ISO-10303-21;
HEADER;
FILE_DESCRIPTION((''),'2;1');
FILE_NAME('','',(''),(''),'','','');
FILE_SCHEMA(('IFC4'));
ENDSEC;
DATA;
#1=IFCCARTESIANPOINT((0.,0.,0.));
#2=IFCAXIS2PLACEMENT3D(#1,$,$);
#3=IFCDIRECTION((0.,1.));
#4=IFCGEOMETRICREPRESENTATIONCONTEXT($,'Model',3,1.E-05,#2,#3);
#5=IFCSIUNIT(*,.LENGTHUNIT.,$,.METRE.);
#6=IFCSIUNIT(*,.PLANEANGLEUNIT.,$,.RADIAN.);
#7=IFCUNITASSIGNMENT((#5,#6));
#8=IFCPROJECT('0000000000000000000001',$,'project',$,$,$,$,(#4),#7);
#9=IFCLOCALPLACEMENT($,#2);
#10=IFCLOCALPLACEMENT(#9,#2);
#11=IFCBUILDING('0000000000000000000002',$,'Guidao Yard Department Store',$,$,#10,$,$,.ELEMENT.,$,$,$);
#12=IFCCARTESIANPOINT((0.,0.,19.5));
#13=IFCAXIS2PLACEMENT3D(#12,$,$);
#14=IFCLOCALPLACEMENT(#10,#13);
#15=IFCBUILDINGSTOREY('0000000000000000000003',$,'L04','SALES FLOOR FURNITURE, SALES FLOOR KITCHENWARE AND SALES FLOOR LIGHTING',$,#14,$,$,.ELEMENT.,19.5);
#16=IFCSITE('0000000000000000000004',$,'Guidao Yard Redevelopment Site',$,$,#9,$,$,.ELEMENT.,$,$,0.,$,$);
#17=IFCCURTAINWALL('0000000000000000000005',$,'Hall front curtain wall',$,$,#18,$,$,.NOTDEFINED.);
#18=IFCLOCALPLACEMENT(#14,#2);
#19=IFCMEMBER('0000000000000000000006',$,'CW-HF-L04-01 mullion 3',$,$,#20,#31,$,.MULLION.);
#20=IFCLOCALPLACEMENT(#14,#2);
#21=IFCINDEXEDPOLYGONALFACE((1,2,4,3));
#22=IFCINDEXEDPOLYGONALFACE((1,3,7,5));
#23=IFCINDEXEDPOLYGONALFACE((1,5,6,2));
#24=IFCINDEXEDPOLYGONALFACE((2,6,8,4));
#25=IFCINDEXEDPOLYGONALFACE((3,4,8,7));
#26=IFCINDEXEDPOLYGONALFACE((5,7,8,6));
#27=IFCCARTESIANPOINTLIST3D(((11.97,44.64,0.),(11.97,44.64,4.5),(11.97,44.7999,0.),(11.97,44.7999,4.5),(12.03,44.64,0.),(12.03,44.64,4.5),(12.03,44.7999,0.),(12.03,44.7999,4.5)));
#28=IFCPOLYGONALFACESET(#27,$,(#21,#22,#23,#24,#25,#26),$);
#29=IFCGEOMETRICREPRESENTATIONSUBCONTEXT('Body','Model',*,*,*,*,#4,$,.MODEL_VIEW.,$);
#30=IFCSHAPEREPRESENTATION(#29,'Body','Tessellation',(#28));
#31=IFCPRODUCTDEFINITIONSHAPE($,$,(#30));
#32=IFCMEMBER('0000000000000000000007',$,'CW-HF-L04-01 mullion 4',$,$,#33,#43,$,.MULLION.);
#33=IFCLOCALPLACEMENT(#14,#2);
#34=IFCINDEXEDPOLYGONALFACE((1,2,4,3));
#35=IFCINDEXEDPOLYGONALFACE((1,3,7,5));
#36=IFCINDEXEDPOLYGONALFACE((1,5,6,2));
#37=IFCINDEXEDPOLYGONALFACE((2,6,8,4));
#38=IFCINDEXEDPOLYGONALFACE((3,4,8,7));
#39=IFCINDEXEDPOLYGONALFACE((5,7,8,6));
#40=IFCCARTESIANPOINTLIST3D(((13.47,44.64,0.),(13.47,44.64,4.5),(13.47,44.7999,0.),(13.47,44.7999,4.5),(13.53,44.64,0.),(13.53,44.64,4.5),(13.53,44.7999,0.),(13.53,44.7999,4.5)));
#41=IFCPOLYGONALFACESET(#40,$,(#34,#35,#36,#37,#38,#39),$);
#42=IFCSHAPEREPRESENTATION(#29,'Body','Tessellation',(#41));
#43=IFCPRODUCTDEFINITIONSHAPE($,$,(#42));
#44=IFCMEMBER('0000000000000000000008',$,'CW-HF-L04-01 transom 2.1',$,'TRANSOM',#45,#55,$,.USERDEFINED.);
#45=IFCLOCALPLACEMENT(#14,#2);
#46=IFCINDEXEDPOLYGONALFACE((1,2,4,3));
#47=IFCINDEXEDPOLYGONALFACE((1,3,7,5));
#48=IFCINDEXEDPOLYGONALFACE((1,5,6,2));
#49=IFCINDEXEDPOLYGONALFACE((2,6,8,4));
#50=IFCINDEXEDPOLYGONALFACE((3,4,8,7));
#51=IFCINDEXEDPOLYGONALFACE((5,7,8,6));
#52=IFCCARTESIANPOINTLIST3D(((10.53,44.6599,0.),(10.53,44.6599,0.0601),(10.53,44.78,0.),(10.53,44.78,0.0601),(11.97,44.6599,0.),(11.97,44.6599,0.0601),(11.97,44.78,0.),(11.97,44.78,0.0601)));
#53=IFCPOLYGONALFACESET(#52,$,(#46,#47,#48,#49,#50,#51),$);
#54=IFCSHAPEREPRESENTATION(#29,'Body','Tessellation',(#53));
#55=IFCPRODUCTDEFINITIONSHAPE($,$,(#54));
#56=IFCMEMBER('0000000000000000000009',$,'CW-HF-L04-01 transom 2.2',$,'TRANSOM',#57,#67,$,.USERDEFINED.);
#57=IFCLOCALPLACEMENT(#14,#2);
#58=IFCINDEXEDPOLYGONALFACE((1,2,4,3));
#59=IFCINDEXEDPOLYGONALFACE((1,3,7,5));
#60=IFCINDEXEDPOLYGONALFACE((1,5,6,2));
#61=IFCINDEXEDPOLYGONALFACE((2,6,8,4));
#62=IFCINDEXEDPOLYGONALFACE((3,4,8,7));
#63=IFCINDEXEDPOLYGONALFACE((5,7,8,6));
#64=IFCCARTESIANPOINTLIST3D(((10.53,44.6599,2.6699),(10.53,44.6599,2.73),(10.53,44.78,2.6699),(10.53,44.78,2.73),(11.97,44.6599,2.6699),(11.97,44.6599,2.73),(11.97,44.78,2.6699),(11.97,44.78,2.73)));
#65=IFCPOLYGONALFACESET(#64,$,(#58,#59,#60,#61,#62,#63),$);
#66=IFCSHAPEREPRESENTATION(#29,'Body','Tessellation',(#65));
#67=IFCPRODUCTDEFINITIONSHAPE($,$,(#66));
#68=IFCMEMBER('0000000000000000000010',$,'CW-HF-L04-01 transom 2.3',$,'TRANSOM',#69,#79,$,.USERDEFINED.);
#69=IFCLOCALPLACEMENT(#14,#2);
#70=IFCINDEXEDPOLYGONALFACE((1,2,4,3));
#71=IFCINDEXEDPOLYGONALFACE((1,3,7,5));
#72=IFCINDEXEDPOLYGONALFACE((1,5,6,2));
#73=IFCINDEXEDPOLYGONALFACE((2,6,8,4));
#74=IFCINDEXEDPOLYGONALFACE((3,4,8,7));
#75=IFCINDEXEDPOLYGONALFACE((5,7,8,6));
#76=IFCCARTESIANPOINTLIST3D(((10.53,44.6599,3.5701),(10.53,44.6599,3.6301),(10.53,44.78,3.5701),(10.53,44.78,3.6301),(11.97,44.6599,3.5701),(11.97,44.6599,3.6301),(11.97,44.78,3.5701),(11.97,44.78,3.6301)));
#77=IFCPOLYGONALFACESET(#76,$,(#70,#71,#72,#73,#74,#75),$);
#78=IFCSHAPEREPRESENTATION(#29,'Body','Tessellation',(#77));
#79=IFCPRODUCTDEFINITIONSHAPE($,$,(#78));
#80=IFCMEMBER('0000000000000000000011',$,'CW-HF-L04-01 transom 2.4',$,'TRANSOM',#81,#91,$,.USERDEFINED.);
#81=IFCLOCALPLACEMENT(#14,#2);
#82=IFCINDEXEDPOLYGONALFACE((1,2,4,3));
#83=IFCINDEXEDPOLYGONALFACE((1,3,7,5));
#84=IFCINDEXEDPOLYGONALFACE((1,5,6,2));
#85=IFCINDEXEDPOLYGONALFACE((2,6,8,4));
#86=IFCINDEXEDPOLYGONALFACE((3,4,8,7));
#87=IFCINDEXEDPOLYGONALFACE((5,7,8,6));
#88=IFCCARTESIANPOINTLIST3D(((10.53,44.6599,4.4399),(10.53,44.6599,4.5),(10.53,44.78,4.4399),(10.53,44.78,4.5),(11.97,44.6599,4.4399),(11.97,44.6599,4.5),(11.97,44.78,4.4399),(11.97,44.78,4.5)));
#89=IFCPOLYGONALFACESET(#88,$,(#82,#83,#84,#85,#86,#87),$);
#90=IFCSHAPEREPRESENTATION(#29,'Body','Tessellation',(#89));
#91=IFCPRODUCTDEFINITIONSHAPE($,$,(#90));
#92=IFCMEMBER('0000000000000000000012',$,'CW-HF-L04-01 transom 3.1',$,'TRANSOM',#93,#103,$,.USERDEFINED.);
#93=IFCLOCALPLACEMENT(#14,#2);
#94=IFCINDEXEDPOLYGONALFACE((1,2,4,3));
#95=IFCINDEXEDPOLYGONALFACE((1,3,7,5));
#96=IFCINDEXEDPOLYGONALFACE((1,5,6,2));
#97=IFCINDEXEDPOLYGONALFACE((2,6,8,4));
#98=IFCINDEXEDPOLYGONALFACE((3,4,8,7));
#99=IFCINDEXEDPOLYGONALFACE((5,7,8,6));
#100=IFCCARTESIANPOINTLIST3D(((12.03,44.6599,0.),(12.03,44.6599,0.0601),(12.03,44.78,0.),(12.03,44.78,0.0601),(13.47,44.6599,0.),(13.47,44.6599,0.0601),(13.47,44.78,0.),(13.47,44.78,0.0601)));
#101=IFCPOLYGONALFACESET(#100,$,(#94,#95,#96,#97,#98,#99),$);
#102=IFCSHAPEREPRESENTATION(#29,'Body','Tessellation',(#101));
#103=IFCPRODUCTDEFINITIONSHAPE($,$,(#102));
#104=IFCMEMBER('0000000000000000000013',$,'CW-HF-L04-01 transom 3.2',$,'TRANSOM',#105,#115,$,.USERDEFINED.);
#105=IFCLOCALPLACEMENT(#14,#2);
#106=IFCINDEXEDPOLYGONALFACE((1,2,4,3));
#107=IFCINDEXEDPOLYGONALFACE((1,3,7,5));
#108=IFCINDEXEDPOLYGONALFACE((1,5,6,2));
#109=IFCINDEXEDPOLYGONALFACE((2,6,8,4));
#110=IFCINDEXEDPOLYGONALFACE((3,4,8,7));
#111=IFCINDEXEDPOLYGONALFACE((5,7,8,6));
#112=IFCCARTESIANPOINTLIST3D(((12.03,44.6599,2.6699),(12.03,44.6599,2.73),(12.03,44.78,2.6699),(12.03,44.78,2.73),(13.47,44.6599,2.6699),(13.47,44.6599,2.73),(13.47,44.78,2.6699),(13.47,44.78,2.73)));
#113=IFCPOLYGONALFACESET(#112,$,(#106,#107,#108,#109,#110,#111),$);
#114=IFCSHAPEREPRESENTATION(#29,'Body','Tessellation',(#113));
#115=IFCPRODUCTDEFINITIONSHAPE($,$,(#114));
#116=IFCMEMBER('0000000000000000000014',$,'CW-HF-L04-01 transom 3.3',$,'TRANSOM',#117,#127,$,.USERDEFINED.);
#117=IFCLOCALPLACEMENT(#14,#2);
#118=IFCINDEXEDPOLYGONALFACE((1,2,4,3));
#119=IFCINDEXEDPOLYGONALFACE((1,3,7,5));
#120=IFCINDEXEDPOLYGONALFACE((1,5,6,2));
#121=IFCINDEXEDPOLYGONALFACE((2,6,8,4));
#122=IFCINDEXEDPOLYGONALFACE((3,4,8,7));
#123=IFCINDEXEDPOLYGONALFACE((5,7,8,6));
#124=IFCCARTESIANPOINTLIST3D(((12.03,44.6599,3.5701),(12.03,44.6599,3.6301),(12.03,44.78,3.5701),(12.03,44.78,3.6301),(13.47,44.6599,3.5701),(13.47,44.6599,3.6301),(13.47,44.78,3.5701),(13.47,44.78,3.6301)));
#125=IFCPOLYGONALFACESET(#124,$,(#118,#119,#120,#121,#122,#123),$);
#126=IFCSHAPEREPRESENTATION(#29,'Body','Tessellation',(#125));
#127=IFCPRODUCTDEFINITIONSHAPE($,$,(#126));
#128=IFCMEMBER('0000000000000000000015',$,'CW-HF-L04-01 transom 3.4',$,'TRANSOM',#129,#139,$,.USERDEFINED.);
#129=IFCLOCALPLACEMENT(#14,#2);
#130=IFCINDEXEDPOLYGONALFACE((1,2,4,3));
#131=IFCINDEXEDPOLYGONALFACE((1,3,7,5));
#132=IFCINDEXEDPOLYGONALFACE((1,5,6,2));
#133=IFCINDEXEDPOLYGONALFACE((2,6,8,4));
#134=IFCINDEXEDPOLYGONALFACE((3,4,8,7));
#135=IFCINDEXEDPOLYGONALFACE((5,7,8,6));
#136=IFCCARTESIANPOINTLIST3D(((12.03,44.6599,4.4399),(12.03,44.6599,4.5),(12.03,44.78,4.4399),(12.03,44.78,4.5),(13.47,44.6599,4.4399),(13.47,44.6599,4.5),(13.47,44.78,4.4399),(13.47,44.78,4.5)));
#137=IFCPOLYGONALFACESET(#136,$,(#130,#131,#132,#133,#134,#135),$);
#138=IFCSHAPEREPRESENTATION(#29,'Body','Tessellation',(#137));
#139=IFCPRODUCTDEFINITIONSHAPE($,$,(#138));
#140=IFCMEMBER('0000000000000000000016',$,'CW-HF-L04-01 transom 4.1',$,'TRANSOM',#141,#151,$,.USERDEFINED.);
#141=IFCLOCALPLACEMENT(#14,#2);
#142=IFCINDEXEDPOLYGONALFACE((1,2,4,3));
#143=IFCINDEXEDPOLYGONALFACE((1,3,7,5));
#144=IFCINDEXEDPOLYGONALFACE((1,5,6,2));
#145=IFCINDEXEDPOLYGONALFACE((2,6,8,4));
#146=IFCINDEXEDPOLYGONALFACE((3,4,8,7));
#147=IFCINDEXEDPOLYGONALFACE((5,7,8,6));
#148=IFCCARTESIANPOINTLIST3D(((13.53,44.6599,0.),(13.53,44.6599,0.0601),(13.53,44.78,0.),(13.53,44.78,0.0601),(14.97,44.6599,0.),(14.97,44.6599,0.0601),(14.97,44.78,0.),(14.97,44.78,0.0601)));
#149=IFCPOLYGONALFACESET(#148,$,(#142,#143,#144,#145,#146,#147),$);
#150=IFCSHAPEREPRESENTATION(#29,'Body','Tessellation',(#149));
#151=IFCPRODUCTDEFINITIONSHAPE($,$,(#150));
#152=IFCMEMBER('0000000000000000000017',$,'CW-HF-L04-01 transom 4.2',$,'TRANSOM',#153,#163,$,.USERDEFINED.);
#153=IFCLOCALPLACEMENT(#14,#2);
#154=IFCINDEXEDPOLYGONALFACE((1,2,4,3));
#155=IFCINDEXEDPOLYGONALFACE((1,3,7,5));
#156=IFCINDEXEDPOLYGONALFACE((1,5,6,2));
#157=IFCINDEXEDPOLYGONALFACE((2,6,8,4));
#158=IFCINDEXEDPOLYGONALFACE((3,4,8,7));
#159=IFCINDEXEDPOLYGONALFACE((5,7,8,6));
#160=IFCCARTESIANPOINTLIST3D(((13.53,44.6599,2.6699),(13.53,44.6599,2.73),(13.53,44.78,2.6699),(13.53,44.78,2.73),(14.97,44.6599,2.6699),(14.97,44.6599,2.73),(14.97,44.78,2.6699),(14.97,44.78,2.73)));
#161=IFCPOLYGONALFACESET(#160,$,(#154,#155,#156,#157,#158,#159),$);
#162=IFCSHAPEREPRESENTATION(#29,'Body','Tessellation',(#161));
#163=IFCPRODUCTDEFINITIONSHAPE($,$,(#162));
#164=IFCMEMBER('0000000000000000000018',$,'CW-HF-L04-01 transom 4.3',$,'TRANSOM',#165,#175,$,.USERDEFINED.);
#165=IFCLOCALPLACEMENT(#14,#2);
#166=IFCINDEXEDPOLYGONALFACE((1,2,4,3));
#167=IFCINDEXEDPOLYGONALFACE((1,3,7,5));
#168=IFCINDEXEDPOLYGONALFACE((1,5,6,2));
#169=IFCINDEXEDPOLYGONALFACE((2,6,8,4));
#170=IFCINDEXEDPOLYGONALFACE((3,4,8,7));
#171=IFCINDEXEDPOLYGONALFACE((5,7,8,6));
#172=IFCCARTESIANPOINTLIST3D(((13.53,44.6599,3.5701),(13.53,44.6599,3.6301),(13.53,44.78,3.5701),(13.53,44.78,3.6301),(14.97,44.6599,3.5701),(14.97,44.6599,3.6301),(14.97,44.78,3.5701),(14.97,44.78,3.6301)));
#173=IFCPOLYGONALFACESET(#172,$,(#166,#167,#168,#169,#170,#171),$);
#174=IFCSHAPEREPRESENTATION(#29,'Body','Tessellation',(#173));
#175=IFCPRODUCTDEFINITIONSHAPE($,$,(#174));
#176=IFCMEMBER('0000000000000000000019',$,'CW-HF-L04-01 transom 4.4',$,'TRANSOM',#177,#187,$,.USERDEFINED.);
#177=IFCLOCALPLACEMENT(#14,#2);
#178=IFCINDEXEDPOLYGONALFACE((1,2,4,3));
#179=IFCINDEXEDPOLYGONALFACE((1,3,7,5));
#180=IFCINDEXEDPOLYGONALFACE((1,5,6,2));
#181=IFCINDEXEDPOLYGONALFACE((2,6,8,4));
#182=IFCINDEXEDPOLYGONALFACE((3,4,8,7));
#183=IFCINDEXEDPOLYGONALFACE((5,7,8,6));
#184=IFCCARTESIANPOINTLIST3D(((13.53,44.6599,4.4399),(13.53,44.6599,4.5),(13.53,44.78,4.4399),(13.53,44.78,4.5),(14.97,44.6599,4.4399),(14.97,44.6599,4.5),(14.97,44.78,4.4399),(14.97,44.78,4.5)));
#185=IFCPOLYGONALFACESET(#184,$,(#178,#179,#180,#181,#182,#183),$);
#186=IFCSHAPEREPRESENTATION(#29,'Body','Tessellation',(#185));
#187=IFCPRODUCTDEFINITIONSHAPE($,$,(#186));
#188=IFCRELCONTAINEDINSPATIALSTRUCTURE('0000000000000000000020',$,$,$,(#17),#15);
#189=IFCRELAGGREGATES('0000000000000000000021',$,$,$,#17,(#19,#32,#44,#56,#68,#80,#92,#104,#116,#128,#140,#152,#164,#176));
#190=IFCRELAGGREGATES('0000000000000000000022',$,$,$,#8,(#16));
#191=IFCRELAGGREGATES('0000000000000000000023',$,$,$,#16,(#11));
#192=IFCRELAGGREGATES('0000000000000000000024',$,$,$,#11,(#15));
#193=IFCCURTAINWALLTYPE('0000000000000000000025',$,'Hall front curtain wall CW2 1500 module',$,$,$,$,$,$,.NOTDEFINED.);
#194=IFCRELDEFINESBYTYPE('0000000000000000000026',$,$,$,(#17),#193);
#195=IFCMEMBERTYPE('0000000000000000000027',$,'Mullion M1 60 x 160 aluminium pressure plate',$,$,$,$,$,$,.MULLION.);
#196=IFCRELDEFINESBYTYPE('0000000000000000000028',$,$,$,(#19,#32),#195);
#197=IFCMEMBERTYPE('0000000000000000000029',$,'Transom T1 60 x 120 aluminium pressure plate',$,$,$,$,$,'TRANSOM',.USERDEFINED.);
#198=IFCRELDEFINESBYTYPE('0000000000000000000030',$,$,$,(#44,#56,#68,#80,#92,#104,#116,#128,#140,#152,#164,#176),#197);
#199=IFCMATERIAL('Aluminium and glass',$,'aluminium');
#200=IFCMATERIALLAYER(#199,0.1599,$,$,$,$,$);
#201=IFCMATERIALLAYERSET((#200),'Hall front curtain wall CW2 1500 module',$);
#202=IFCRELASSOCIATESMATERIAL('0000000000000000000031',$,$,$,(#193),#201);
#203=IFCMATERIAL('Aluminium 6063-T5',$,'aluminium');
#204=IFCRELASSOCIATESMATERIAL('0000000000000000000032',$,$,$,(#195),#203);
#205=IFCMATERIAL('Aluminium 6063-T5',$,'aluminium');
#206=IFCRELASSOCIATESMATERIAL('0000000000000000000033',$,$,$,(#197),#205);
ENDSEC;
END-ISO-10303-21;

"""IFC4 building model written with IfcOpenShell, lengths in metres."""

from ifc_helpers import new_model, si_unit, direction, frame, origin, origin_2d, place, context, subcontext, project, spatial, rectangle, extrude, material, layer, layer_set, material_profile, profile_set, type_object, element, aggregate, save


model = new_model("IFC4")

# Units and contexts
model_context = context("Model", 3, precision=1e-05, world=origin(), true_north=direction((0.0, 1.0)))
body_context = subcontext(model_context, "Body", "Model", "MODEL_VIEW")
ifc_project = project(units=[si_unit("LENGTHUNIT", "METRE"), si_unit("PLANEANGLEUNIT", "RADIAN")], contexts=[model_context])

# Site, building, storey
site_placement = place(None, origin())
site = spatial("IfcSite", under=ifc_project, at=site_placement, Name="Guidao Yard Redevelopment Site", CompositionType="ELEMENT", RefElevation=0.0)
building_placement = place(site_placement, origin())
building = spatial("IfcBuilding", under=site, at=building_placement, Name="Guidao Yard Department Store", CompositionType="ELEMENT")
storey_placement = place(building_placement, frame((0.0, 0.0, 19.5)))
storey = spatial("IfcBuildingStorey", under=building, at=storey_placement, Name="L04", Description="SALES FLOOR FURNITURE, SALES FLOOR KITCHENWARE AND SALES FLOOR LIGHTING", CompositionType="ELEMENT", Elevation=19.5)

# Curtain wall, members
ifc_material_1 = material(Name="Aluminium and glass", Category="aluminium")
ifc_layer_1 = layer(ifc_material_1, 0.1599)
ifc_layer_set_1 = layer_set([ifc_layer_1], Name="Hall front curtain wall CW2 1500 module")
curtain_wall_type = type_object("IfcCurtainWallType", Name="Hall front curtain wall CW2 1500 module", PredefinedType="NOTDEFINED", material=ifc_layer_set_1)
curtain_wall_placement = place(storey_placement, origin())
curtain_wall = element("IfcCurtainWall", 1, at=curtain_wall_placement, inside=storey, type_object=curtain_wall_type, Name="Hall front curtain wall", PredefinedType="NOTDEFINED")
ifc_material_2 = material(Name="Aluminium 6063-T5", Category="aluminium")
ifc_material_profile_1 = material_profile(ifc_material_2, rectangle(XDim=0.0601, YDim=0.1599, at=origin_2d()), Name="Mullion M1 60 x 160 aluminium pressure plate")
ifc_profile_set_1 = profile_set([ifc_material_profile_1], Name="Aluminium 6063-T5")
member_type_1 = type_object("IfcMemberType", Name="Mullion M1 60 x 160 aluminium pressure plate", PredefinedType="MULLION", material=ifc_profile_set_1)
member_1_placement = place(storey_placement, frame((12.0, 44.72, 0.0), z_axis=(0.0, 0.0, 1.0), x_axis=(-1.0, 0.0, 0.0)))
member_1 = element("IfcMember", 2, at=member_1_placement, type_object=member_type_1, Name="CW-HF-L04-01 mullion 3", PredefinedType="MULLION", context=body_context, shape_type="SweptSolid", body=[
    extrude(rectangle(XDim=0.0601, YDim=0.1599, at=origin_2d()), origin(), (0.0, 0.0, 1.0), 4.5),
])
member_2_placement = place(storey_placement, frame((13.5, 44.72, 0.0), z_axis=(0.0, 0.0, 1.0), x_axis=(-1.0, 0.0, 0.0)))
member_2 = element("IfcMember", 3, at=member_2_placement, type_object=member_type_1, Name="CW-HF-L04-01 mullion 4", PredefinedType="MULLION", context=body_context, shape_type="SweptSolid", body=[
    extrude(rectangle(XDim=0.0601, YDim=0.1599, at=origin_2d()), origin(), (0.0, 0.0, 1.0), 4.5),
])
ifc_material_3 = material(Name="Aluminium 6063-T5", Category="aluminium")
ifc_material_profile_2 = material_profile(ifc_material_3, rectangle(XDim=0.1201, YDim=0.0601, at=origin_2d()), Name="Transom T1 60 x 120 aluminium pressure plate")
ifc_profile_set_2 = profile_set([ifc_material_profile_2], Name="Aluminium 6063-T5")
member_type_2 = type_object("IfcMemberType", Name="Transom T1 60 x 120 aluminium pressure plate", ElementType="TRANSOM", PredefinedType="USERDEFINED", material=ifc_profile_set_2)
member_3_placement = place(storey_placement, frame((11.97, 44.72, 0.03), z_axis=(-1.0, 0.0, 0.0), x_axis=(0.0, -1.0, 0.0)))
member_3 = element("IfcMember", 4, at=member_3_placement, type_object=member_type_2, Name="CW-HF-L04-01 transom 2.1", ObjectType="TRANSOM", PredefinedType="USERDEFINED", context=body_context, shape_type="SweptSolid", body=[
    extrude(rectangle(XDim=0.1201, YDim=0.0601, at=origin_2d()), origin(), (0.0, 0.0, 1.0), 1.4399),
])
member_4_placement = place(storey_placement, frame((11.97, 44.72, 2.7), z_axis=(-1.0, 0.0, 0.0), x_axis=(0.0, -1.0, 0.0)))
member_4 = element("IfcMember", 5, at=member_4_placement, type_object=member_type_2, Name="CW-HF-L04-01 transom 2.2", ObjectType="TRANSOM", PredefinedType="USERDEFINED", context=body_context, shape_type="SweptSolid", body=[
    extrude(rectangle(XDim=0.1201, YDim=0.0601, at=origin_2d()), origin(), (0.0, 0.0, 1.0), 1.4399),
])
member_5_placement = place(storey_placement, frame((11.97, 44.72, 3.6001), z_axis=(-1.0, 0.0, 0.0), x_axis=(0.0, -1.0, 0.0)))
member_5 = element("IfcMember", 6, at=member_5_placement, type_object=member_type_2, Name="CW-HF-L04-01 transom 2.3", ObjectType="TRANSOM", PredefinedType="USERDEFINED", context=body_context, shape_type="SweptSolid", body=[
    extrude(rectangle(XDim=0.1201, YDim=0.0601, at=origin_2d()), origin(), (0.0, 0.0, 1.0), 1.4399),
])
member_6_placement = place(storey_placement, frame((11.97, 44.72, 4.47), z_axis=(-1.0, 0.0, 0.0), x_axis=(0.0, -1.0, 0.0)))
member_6 = element("IfcMember", 7, at=member_6_placement, type_object=member_type_2, Name="CW-HF-L04-01 transom 2.4", ObjectType="TRANSOM", PredefinedType="USERDEFINED", context=body_context, shape_type="SweptSolid", body=[
    extrude(rectangle(XDim=0.1201, YDim=0.0601, at=origin_2d()), origin(), (0.0, 0.0, 1.0), 1.4399),
])
member_7_placement = place(storey_placement, frame((13.47, 44.72, 0.03), z_axis=(-1.0, 0.0, 0.0), x_axis=(0.0, -1.0, 0.0)))
member_7 = element("IfcMember", 8, at=member_7_placement, type_object=member_type_2, Name="CW-HF-L04-01 transom 3.1", ObjectType="TRANSOM", PredefinedType="USERDEFINED", context=body_context, shape_type="SweptSolid", body=[
    extrude(rectangle(XDim=0.1201, YDim=0.0601, at=origin_2d()), origin(), (0.0, 0.0, 1.0), 1.4399),
])
member_8_placement = place(storey_placement, frame((13.47, 44.72, 2.7), z_axis=(-1.0, 0.0, 0.0), x_axis=(0.0, -1.0, 0.0)))
member_8 = element("IfcMember", 9, at=member_8_placement, type_object=member_type_2, Name="CW-HF-L04-01 transom 3.2", ObjectType="TRANSOM", PredefinedType="USERDEFINED", context=body_context, shape_type="SweptSolid", body=[
    extrude(rectangle(XDim=0.1201, YDim=0.0601, at=origin_2d()), origin(), (0.0, 0.0, 1.0), 1.4399),
])
member_9_placement = place(storey_placement, frame((13.47, 44.72, 3.6001), z_axis=(-1.0, 0.0, 0.0), x_axis=(0.0, -1.0, 0.0)))
member_9 = element("IfcMember", 10, at=member_9_placement, type_object=member_type_2, Name="CW-HF-L04-01 transom 3.3", ObjectType="TRANSOM", PredefinedType="USERDEFINED", context=body_context, shape_type="SweptSolid", body=[
    extrude(rectangle(XDim=0.1201, YDim=0.0601, at=origin_2d()), origin(), (0.0, 0.0, 1.0), 1.4399),
])
member_10_placement = place(storey_placement, frame((13.47, 44.72, 4.47), z_axis=(-1.0, 0.0, 0.0), x_axis=(0.0, -1.0, 0.0)))
member_10 = element("IfcMember", 11, at=member_10_placement, type_object=member_type_2, Name="CW-HF-L04-01 transom 3.4", ObjectType="TRANSOM", PredefinedType="USERDEFINED", context=body_context, shape_type="SweptSolid", body=[
    extrude(rectangle(XDim=0.1201, YDim=0.0601, at=origin_2d()), origin(), (0.0, 0.0, 1.0), 1.4399),
])
member_11_placement = place(storey_placement, frame((14.97, 44.72, 0.03), z_axis=(-1.0, 0.0, 0.0), x_axis=(0.0, -1.0, 0.0)))
member_11 = element("IfcMember", 12, at=member_11_placement, type_object=member_type_2, Name="CW-HF-L04-01 transom 4.1", ObjectType="TRANSOM", PredefinedType="USERDEFINED", context=body_context, shape_type="SweptSolid", body=[
    extrude(rectangle(XDim=0.1201, YDim=0.0601, at=origin_2d()), origin(), (0.0, 0.0, 1.0), 1.4399),
])
member_12_placement = place(storey_placement, frame((14.97, 44.72, 2.7), z_axis=(-1.0, 0.0, 0.0), x_axis=(0.0, -1.0, 0.0)))
member_12 = element("IfcMember", 13, at=member_12_placement, type_object=member_type_2, Name="CW-HF-L04-01 transom 4.2", ObjectType="TRANSOM", PredefinedType="USERDEFINED", context=body_context, shape_type="SweptSolid", body=[
    extrude(rectangle(XDim=0.1201, YDim=0.0601, at=origin_2d()), origin(), (0.0, 0.0, 1.0), 1.4399),
])
member_13_placement = place(storey_placement, frame((14.97, 44.72, 3.6001), z_axis=(-1.0, 0.0, 0.0), x_axis=(0.0, -1.0, 0.0)))
member_13 = element("IfcMember", 14, at=member_13_placement, type_object=member_type_2, Name="CW-HF-L04-01 transom 4.3", ObjectType="TRANSOM", PredefinedType="USERDEFINED", context=body_context, shape_type="SweptSolid", body=[
    extrude(rectangle(XDim=0.1201, YDim=0.0601, at=origin_2d()), origin(), (0.0, 0.0, 1.0), 1.4399),
])
member_14_placement = place(storey_placement, frame((14.97, 44.72, 4.47), z_axis=(-1.0, 0.0, 0.0), x_axis=(0.0, -1.0, 0.0)))
member_14 = element("IfcMember", 15, at=member_14_placement, type_object=member_type_2, Name="CW-HF-L04-01 transom 4.4", ObjectType="TRANSOM", PredefinedType="USERDEFINED", context=body_context, shape_type="SweptSolid", body=[
    extrude(rectangle(XDim=0.1201, YDim=0.0601, at=origin_2d()), origin(), (0.0, 0.0, 1.0), 1.4399),
])
aggregate(curtain_wall, [member_1, member_2, member_3, member_4, member_5, member_6, member_7, member_8, member_9, member_10, member_11, member_12, member_13, member_14])

save(model, "model.ifc")
